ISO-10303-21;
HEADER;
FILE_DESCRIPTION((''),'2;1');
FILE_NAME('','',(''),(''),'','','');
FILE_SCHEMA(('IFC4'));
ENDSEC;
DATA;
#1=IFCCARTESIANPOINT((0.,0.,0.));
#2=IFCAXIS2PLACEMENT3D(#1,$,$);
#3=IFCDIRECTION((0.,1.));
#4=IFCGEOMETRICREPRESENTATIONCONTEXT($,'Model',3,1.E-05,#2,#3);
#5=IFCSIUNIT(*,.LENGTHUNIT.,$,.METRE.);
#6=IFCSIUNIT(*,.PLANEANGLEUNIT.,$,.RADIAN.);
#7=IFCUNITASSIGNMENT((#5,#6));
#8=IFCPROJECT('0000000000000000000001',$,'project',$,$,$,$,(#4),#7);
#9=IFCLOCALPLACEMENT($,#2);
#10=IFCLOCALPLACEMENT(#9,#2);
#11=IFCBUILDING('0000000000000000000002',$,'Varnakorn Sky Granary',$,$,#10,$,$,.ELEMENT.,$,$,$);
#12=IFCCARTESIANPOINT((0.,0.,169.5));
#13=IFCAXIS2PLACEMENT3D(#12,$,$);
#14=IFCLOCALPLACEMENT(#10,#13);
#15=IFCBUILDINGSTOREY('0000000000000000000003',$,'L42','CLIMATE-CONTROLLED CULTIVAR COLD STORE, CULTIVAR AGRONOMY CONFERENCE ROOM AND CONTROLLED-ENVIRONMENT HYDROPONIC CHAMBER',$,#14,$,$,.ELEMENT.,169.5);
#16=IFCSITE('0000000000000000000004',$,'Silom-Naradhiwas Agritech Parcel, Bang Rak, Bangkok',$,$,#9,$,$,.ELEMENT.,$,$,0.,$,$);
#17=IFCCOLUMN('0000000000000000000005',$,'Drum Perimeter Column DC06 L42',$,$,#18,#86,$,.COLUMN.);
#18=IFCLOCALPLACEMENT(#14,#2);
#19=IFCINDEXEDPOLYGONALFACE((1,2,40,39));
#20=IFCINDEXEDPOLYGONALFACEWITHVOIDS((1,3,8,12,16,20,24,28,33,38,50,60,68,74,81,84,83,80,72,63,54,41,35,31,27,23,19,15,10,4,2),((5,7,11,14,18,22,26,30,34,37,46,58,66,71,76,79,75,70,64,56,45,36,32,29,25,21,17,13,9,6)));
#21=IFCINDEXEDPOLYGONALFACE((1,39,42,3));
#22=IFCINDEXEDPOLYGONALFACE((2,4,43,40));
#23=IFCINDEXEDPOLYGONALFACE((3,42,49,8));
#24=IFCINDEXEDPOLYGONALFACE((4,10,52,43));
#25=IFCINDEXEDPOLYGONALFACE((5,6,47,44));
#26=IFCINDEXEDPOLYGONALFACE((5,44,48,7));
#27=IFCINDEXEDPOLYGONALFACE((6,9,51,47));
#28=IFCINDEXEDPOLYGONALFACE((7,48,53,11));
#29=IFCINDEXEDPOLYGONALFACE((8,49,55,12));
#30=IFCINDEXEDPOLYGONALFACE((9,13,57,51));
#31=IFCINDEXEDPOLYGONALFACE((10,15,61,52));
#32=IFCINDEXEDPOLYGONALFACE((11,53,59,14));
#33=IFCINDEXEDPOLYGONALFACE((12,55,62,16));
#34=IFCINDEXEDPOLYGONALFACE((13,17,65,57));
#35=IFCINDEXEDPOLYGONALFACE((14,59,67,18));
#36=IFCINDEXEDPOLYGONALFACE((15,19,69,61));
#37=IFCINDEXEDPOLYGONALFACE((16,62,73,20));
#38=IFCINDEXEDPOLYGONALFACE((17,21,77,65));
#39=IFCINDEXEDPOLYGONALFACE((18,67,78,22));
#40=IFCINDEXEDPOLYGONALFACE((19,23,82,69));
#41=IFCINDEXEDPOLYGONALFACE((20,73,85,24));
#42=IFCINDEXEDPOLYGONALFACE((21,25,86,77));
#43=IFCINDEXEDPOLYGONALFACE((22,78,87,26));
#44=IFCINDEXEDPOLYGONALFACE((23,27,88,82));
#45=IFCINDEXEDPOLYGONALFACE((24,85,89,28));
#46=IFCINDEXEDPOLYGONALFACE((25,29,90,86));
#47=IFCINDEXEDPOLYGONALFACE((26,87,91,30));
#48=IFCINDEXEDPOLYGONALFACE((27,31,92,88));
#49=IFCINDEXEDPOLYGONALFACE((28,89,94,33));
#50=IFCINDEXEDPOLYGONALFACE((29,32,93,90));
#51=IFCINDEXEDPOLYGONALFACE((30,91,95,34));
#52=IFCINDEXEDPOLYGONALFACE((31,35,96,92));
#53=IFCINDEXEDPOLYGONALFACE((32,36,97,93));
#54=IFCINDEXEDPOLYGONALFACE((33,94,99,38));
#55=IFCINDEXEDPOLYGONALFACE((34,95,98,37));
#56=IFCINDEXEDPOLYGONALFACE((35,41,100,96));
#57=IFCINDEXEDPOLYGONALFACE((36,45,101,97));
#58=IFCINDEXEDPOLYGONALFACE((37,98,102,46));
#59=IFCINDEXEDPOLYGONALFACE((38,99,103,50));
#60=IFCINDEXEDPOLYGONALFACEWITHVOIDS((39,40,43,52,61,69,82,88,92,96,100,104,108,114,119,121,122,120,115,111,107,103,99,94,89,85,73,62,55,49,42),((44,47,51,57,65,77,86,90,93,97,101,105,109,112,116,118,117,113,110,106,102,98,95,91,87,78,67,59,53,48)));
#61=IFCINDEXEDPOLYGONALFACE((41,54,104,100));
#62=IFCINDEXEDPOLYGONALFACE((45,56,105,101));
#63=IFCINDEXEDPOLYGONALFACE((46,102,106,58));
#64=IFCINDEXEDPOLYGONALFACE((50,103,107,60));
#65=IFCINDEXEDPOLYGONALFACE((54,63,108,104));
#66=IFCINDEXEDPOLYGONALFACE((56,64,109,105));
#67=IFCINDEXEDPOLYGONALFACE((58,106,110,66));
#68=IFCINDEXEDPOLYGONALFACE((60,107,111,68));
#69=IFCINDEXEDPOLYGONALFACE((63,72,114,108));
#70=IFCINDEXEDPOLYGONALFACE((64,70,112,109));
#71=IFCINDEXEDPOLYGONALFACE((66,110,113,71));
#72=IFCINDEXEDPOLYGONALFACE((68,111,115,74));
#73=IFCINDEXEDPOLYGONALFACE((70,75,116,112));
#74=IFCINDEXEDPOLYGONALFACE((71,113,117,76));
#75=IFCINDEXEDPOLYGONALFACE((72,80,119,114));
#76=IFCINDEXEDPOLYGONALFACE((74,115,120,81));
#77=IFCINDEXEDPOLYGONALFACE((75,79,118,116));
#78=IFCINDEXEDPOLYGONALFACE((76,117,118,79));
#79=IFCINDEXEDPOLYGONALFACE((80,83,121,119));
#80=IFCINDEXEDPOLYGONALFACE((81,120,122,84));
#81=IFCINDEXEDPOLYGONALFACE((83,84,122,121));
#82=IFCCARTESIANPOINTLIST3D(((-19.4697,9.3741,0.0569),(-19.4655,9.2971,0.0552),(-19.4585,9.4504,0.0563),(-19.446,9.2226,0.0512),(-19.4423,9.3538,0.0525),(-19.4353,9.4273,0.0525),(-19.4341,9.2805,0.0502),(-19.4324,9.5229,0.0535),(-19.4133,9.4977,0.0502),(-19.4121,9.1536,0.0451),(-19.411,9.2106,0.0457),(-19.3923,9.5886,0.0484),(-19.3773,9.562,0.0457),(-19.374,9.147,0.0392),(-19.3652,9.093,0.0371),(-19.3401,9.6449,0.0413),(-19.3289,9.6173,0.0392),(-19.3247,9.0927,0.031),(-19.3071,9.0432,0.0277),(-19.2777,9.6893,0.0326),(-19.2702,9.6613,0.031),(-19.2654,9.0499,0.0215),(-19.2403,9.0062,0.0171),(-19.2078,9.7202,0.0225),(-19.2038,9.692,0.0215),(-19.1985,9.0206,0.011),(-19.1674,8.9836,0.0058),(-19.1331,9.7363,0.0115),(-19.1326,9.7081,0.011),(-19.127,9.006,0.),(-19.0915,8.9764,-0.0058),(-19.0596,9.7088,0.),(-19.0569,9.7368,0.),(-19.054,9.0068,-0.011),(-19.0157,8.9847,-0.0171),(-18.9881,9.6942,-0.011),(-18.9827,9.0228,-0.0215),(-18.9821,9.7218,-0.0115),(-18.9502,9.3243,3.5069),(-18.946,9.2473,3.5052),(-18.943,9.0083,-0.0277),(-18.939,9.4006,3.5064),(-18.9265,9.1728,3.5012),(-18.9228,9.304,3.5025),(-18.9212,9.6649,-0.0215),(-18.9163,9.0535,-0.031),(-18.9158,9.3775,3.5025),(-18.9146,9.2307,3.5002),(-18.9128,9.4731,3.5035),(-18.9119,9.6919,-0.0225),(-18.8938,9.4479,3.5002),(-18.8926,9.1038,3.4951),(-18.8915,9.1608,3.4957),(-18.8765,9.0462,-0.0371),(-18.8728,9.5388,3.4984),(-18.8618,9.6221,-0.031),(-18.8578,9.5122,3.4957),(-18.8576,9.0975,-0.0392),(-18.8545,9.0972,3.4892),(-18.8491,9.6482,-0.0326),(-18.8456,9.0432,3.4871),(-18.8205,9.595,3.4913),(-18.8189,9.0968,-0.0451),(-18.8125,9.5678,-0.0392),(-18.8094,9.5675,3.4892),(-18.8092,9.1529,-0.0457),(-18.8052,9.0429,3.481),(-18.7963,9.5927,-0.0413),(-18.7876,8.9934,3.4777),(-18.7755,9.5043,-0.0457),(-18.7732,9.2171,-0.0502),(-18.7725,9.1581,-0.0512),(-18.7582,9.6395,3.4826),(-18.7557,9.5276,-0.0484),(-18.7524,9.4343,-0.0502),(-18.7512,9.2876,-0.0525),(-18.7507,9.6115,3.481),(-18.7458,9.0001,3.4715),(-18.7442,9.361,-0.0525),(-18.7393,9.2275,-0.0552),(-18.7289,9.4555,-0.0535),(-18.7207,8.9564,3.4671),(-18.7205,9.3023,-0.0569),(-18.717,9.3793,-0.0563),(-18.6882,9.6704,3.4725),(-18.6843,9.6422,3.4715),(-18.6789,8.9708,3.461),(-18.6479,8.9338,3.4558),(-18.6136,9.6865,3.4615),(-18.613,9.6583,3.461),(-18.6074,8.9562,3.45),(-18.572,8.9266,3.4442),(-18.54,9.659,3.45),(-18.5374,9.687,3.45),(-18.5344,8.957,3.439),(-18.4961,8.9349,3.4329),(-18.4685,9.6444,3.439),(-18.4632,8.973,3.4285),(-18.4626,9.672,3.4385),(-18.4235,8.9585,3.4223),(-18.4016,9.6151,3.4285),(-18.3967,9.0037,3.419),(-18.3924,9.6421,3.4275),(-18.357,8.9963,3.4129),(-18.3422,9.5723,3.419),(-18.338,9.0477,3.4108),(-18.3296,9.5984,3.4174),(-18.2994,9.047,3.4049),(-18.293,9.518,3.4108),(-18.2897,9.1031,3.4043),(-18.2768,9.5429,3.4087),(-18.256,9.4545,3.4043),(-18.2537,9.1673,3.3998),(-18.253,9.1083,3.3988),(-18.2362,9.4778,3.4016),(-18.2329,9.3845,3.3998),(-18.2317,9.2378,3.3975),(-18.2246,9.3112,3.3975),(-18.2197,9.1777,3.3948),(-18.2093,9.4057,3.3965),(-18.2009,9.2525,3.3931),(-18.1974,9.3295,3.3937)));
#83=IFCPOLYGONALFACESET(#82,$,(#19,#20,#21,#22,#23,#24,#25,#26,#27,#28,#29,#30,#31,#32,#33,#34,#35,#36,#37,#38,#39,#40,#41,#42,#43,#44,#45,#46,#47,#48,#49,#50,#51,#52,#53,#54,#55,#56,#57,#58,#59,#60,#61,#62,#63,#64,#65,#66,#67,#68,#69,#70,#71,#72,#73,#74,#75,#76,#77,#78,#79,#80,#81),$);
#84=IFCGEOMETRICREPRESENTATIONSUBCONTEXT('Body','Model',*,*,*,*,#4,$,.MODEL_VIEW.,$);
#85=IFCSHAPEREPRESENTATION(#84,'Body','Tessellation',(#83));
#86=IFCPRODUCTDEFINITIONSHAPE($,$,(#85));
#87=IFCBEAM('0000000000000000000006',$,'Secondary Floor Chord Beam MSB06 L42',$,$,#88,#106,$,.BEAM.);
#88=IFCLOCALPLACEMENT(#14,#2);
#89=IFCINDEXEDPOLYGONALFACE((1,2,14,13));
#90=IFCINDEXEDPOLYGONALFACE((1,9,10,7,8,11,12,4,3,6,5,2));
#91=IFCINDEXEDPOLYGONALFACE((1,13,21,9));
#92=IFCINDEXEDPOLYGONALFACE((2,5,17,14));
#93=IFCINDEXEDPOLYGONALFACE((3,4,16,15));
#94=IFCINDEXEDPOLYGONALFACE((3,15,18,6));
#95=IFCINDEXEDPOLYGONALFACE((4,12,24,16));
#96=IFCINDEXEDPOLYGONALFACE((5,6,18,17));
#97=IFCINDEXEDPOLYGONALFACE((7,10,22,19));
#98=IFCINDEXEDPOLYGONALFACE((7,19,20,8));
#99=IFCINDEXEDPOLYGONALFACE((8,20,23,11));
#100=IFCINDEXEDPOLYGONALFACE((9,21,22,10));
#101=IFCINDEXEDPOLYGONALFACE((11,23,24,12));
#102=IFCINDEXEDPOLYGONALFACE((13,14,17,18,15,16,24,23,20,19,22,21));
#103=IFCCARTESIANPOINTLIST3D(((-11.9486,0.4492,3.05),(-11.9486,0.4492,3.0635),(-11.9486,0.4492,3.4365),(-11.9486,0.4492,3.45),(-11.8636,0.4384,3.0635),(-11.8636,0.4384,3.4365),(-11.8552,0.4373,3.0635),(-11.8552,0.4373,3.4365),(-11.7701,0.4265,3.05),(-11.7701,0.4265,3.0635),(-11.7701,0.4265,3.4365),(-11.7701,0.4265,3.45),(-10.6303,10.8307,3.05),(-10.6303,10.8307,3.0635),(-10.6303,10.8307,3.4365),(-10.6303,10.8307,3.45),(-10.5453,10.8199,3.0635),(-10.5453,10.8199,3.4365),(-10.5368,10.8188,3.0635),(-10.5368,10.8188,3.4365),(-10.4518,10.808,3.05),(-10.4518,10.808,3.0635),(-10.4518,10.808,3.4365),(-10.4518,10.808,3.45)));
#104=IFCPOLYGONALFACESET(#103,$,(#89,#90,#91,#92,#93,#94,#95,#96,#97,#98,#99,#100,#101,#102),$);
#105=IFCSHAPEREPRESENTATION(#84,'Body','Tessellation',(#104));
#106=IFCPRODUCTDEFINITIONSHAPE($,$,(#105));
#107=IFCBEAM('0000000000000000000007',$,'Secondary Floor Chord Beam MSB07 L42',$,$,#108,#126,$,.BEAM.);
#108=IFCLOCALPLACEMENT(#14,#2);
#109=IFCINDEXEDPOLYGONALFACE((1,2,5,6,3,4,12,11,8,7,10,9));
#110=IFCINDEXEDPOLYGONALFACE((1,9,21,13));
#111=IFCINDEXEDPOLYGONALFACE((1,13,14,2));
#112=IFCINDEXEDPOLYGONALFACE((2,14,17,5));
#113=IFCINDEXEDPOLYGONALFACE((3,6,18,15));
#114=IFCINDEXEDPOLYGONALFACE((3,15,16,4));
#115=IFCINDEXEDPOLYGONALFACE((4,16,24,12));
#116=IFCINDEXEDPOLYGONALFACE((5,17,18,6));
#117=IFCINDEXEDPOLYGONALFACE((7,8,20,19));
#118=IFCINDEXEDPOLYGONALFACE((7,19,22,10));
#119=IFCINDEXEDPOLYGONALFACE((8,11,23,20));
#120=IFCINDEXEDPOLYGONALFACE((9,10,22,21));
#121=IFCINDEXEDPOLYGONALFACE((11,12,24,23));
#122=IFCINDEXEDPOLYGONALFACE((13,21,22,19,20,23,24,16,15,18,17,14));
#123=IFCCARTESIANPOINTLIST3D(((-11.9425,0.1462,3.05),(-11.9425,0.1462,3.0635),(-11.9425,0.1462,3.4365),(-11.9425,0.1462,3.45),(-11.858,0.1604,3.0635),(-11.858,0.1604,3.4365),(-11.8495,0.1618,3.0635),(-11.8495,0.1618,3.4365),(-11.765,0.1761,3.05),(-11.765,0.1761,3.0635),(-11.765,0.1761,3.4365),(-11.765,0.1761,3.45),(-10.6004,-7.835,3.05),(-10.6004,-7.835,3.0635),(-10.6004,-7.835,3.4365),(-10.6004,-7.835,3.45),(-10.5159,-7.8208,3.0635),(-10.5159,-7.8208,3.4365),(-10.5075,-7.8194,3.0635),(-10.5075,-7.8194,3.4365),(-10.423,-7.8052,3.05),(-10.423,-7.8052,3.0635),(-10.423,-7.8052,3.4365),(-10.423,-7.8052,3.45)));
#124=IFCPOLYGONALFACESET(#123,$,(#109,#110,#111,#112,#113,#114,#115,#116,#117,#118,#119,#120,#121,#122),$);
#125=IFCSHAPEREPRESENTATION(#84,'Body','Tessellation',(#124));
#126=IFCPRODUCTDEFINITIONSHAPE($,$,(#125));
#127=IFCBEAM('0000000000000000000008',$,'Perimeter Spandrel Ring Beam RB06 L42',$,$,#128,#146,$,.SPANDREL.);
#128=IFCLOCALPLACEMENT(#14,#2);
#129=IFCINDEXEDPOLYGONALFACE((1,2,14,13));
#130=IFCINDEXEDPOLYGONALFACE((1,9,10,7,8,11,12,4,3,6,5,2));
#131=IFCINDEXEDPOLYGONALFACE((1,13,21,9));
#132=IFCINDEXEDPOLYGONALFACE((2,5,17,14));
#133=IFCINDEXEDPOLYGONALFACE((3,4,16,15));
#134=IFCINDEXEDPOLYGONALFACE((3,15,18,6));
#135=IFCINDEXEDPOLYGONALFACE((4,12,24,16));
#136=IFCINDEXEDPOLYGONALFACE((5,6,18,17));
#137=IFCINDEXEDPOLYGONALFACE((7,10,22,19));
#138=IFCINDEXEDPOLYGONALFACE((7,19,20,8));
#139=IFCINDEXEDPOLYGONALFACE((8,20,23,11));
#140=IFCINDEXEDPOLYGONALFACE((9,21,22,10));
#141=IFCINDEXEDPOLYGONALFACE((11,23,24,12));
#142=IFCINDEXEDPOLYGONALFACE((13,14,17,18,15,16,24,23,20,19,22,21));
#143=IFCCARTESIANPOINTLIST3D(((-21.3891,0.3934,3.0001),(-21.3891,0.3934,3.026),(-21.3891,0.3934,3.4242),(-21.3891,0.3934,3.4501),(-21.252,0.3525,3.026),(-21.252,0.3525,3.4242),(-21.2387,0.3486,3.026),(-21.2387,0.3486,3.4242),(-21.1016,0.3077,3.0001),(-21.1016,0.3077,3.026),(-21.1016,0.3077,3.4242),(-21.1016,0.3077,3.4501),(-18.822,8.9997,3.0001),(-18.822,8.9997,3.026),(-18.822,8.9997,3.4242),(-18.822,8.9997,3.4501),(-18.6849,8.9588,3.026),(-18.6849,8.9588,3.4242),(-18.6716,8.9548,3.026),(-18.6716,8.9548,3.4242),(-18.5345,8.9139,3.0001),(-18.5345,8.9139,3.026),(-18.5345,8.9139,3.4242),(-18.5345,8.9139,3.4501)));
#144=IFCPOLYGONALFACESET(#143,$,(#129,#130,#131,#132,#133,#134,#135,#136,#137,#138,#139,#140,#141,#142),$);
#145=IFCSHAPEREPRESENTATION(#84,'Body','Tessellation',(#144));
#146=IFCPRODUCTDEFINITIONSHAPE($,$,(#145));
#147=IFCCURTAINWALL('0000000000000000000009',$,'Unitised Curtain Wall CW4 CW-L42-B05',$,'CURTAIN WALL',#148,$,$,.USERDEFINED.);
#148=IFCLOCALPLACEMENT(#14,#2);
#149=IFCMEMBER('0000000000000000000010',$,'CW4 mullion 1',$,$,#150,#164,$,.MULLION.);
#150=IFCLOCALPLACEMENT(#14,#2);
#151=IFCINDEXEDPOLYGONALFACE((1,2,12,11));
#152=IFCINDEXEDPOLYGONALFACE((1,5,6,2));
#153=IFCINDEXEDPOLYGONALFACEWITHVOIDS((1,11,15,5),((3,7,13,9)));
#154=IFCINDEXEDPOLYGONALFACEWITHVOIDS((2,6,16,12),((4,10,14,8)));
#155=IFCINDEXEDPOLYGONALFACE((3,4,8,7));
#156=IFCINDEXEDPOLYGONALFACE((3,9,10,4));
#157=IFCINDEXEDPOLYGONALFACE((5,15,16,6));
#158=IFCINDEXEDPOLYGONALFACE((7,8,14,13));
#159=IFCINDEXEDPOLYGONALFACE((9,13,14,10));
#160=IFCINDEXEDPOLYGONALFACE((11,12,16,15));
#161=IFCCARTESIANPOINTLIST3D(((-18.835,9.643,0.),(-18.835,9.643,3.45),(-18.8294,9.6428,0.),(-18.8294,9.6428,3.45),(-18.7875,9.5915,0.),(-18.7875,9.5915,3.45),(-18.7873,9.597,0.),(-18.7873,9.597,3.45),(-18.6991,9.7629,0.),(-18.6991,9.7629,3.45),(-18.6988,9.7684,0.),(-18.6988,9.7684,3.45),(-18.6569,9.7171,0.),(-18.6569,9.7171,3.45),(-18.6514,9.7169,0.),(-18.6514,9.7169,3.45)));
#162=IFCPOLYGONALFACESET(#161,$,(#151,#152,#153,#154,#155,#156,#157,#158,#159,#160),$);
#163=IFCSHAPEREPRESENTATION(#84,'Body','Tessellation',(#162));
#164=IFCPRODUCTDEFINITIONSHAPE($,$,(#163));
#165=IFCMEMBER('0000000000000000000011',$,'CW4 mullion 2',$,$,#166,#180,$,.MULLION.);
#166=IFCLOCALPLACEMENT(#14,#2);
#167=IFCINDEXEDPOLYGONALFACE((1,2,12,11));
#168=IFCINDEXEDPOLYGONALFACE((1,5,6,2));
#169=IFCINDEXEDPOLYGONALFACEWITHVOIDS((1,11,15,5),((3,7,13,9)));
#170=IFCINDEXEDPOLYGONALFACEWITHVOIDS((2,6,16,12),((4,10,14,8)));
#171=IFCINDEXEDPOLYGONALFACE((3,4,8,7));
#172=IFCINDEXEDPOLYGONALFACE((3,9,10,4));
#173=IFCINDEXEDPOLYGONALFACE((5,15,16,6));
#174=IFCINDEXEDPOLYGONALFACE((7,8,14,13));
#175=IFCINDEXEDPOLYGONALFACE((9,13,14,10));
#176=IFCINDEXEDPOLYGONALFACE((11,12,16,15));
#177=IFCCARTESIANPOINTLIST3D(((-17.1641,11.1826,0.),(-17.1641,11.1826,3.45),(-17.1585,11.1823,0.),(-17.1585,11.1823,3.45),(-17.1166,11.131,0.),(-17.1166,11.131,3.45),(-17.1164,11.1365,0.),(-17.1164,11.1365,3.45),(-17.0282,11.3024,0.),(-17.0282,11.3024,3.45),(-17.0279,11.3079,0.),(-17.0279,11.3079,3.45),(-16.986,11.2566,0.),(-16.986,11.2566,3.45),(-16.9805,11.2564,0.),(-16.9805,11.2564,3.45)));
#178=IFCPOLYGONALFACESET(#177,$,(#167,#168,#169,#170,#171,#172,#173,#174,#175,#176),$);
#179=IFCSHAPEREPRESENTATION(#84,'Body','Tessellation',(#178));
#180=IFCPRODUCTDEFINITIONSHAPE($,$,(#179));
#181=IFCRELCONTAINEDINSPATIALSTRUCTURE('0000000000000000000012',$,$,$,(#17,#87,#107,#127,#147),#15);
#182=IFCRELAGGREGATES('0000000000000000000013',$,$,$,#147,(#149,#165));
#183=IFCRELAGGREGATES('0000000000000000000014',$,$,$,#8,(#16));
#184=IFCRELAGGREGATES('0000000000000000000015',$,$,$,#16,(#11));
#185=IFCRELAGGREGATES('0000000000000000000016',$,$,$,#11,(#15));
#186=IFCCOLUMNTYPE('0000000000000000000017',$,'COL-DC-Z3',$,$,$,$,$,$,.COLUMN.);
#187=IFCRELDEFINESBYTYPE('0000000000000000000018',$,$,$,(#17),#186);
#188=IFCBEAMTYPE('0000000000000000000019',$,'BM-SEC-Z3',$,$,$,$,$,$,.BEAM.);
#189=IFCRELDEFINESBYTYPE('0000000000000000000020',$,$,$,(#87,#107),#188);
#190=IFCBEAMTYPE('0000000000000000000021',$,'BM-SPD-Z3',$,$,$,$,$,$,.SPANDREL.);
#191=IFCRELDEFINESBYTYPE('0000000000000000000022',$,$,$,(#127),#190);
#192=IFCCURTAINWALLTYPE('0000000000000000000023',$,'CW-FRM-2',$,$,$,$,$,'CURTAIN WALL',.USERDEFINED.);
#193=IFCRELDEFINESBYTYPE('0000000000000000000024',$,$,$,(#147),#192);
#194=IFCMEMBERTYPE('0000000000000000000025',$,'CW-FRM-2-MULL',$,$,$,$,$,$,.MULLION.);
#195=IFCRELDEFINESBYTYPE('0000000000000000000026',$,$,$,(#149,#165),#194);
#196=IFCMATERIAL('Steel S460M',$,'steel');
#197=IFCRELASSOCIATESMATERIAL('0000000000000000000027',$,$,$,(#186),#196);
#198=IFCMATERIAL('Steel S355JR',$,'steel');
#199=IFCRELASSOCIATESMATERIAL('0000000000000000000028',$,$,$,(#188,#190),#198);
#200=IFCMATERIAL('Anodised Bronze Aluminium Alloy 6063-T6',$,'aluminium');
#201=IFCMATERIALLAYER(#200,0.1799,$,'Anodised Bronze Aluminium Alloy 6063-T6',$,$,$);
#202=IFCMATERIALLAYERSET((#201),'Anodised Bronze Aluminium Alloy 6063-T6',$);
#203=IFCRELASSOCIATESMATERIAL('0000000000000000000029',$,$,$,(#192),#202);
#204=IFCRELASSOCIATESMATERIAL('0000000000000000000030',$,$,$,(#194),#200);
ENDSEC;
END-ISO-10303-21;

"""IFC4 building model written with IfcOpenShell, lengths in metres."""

from ifc_helpers import new_model, si_unit, direction, frame, origin, origin_2d, place, context, subcontext, project, spatial, hollow_rectangle, hollow_circle, i_section, extrude, material, layer, layer_set, material_profile, profile_set, type_object, element, aggregate, save


model = new_model("IFC4")

# Units and contexts
model_context = context("Model", 3, precision=1e-05, world=origin(), true_north=direction((0.0, 1.0)))
body_context = subcontext(model_context, "Body", "Model", "MODEL_VIEW")
ifc_project = project(units=[si_unit("LENGTHUNIT", "METRE"), si_unit("PLANEANGLEUNIT", "RADIAN")], contexts=[model_context])

# Site, building, storey
site_placement = place(None, origin())
site = spatial("IfcSite", under=ifc_project, at=site_placement, Name="Silom-Naradhiwas Agritech Parcel, Bang Rak, Bangkok", CompositionType="ELEMENT", RefElevation=0.0)
building_placement = place(site_placement, origin())
building = spatial("IfcBuilding", under=site, at=building_placement, Name="Varnakorn Sky Granary", CompositionType="ELEMENT")
storey_placement = place(building_placement, frame((0.0, 0.0, 169.5)))
storey = spatial("IfcBuildingStorey", under=building, at=storey_placement, Name="L42", Description="CLIMATE-CONTROLLED CULTIVAR COLD STORE, CULTIVAR AGRONOMY CONFERENCE ROOM AND CONTROLLED-ENVIRONMENT HYDROPONIC CHAMBER", CompositionType="ELEMENT", Elevation=169.5)

# Column
ifc_material_1 = material(Name="Steel S460M", Category="steel")
ifc_material_profile_1 = material_profile(ifc_material_1, hollow_circle(Radius=0.3811, WallThickness=0.0281, at=origin_2d()), Name="CHS 762x28")
ifc_profile_set_1 = profile_set([ifc_material_profile_1], Name="Steel S460M")
column_type = type_object("IfcColumnType", Name="COL-DC-Z3", PredefinedType="COLUMN", material=ifc_profile_set_1)
column_placement = place(storey_placement, frame((-19.0933, 9.3574, 0.0), z_axis=(0.148897, -0.014274, 0.98875), x_axis=(0.095427, 0.995436, 0.0)))
element("IfcColumn", 1, at=column_placement, inside=storey, type_object=column_type, Name="Drum Perimeter Column DC06 L42", PredefinedType="COLUMN", context=body_context, shape_type="SweptSolid", body=[
    extrude(hollow_circle(Radius=0.3811, WallThickness=0.0281, at=origin_2d()), origin(), (0.0, 0.0, 1.0), 3.4893),
])

# Beams
ifc_material_2 = material(Name="Steel S355JR", Category="steel")
ifc_material_profile_2 = material_profile(ifc_material_2, i_section(OverallWidth=0.1799, OverallDepth=0.3999, WebThickness=0.0085, FlangeThickness=0.0134, at=origin_2d()), Name="IPE 400")
ifc_profile_set_2 = profile_set([ifc_material_profile_2], Name="Steel S355JR")
beam_type_1 = type_object("IfcBeamType", Name="BM-SEC-Z3", PredefinedType="BEAM", material=ifc_profile_set_2)
beam_1_placement = place(storey_placement, frame((-10.541, 10.8193, 3.25), z_axis=(-0.125981, -0.992033, 0.0), x_axis=(0.992033, -0.125981, 0.0)))
element("IfcBeam", 2, at=beam_1_placement, inside=storey, type_object=beam_type_1, Name="Secondary Floor Chord Beam MSB06 L42", PredefinedType="BEAM", context=body_context, shape_type="SweptSolid", body=[
    extrude(i_section(OverallWidth=0.1799, OverallDepth=0.3999, WebThickness=0.0085, FlangeThickness=0.0134, at=origin_2d()), origin(), (0.0, 0.0, 1.0), 10.4648),
])
beam_2_placement = place(storey_placement, frame((-11.8538, 0.1611, 3.25), z_axis=(0.165822, -0.986156, 0.0), x_axis=(0.986156, 0.165822, 0.0)))
element("IfcBeam", 3, at=beam_2_placement, inside=storey, type_object=beam_type_1, Name="Secondary Floor Chord Beam MSB07 L42", PredefinedType="BEAM", context=body_context, shape_type="SweptSolid", body=[
    extrude(i_section(OverallWidth=0.1799, OverallDepth=0.3999, WebThickness=0.0085, FlangeThickness=0.0134, at=origin_2d()), origin(), (0.0, 0.0, 1.0), 8.0933),
])
ifc_material_profile_3 = material_profile(ifc_material_2, i_section(OverallWidth=0.3, OverallDepth=0.45, WebThickness=0.0139, FlangeThickness=0.0259, at=origin_2d()), Name="HE 450 B")
ifc_profile_set_3 = profile_set([ifc_material_profile_3], Name="Steel S355JR")
beam_type_2 = type_object("IfcBeamType", Name="BM-SPD-Z3", PredefinedType="SPANDREL", material=ifc_profile_set_3)
beam_3_placement = place(storey_placement, frame((-18.6782, 8.9568, 3.2251), z_axis=(-0.285844, -0.958276, 0.0), x_axis=(0.958276, -0.285844, 0.0)))
element("IfcBeam", 4, at=beam_3_placement, inside=storey, type_object=beam_type_2, Name="Perimeter Spandrel Ring Beam RB06 L42", PredefinedType="SPANDREL", context=body_context, shape_type="SweptSolid", body=[
    extrude(i_section(OverallWidth=0.3, OverallDepth=0.45, WebThickness=0.0139, FlangeThickness=0.0259, at=origin_2d()), origin(), (0.0, 0.0, 1.0), 8.981),
])

# Curtain wall, members
ifc_material_3 = material(Name="Anodised Bronze Aluminium Alloy 6063-T6", Category="aluminium")
ifc_layer_1 = layer(ifc_material_3, 0.1799, Name="Anodised Bronze Aluminium Alloy 6063-T6")
ifc_layer_set_1 = layer_set([ifc_layer_1], Name="Anodised Bronze Aluminium Alloy 6063-T6")
curtain_wall_type = type_object("IfcCurtainWallType", Name="CW-FRM-2", ElementType="CURTAIN WALL", PredefinedType="USERDEFINED", material=ifc_layer_set_1)
curtain_wall_placement = place(storey_placement, origin())
curtain_wall = element("IfcCurtainWall", 5, at=curtain_wall_placement, inside=storey, type_object=curtain_wall_type, Name="Unitised Curtain Wall CW4 CW-L42-B05", ObjectType="CURTAIN WALL", PredefinedType="USERDEFINED")
ifc_material_profile_4 = material_profile(ifc_material_3, hollow_rectangle(XDim=0.0701, YDim=0.1851, WallThickness=0.0039, at=origin_2d()), Name="ALU MULL 70x185")
ifc_profile_set_4 = profile_set([ifc_material_profile_4], Name="Anodised Bronze Aluminium Alloy 6063-T6")
member_type_1 = type_object("IfcMemberType", Name="CW-FRM-2-MULL", PredefinedType="MULLION", material=ifc_profile_set_4)
member_1_placement = place(storey_placement, frame((-18.7432, 9.6799, 0.0), z_axis=(0.0, 0.0, 1.0), x_axis=(-0.677548, 0.735479, 0.0)))
member_1 = element("IfcMember", 6, at=member_1_placement, type_object=member_type_1, Name="CW4 mullion 1", PredefinedType="MULLION", context=body_context, shape_type="SweptSolid", body=[
    extrude(hollow_rectangle(XDim=0.0701, YDim=0.1851, WallThickness=0.0039, at=origin_2d()), origin(), (0.0, 0.0, 1.0), 3.45),
])
member_2_placement = place(storey_placement, frame((-17.0723, 11.2195, 0.0), z_axis=(0.0, 0.0, 1.0), x_axis=(-0.677548, 0.735479, 0.0)))
member_2 = element("IfcMember", 7, at=member_2_placement, type_object=member_type_1, Name="CW4 mullion 2", PredefinedType="MULLION", context=body_context, shape_type="SweptSolid", body=[
    extrude(hollow_rectangle(XDim=0.0701, YDim=0.1851, WallThickness=0.0039, at=origin_2d()), origin(), (0.0, 0.0, 1.0), 3.45),
])
aggregate(curtain_wall, [member_1, member_2])

save(model, "model.ifc")
